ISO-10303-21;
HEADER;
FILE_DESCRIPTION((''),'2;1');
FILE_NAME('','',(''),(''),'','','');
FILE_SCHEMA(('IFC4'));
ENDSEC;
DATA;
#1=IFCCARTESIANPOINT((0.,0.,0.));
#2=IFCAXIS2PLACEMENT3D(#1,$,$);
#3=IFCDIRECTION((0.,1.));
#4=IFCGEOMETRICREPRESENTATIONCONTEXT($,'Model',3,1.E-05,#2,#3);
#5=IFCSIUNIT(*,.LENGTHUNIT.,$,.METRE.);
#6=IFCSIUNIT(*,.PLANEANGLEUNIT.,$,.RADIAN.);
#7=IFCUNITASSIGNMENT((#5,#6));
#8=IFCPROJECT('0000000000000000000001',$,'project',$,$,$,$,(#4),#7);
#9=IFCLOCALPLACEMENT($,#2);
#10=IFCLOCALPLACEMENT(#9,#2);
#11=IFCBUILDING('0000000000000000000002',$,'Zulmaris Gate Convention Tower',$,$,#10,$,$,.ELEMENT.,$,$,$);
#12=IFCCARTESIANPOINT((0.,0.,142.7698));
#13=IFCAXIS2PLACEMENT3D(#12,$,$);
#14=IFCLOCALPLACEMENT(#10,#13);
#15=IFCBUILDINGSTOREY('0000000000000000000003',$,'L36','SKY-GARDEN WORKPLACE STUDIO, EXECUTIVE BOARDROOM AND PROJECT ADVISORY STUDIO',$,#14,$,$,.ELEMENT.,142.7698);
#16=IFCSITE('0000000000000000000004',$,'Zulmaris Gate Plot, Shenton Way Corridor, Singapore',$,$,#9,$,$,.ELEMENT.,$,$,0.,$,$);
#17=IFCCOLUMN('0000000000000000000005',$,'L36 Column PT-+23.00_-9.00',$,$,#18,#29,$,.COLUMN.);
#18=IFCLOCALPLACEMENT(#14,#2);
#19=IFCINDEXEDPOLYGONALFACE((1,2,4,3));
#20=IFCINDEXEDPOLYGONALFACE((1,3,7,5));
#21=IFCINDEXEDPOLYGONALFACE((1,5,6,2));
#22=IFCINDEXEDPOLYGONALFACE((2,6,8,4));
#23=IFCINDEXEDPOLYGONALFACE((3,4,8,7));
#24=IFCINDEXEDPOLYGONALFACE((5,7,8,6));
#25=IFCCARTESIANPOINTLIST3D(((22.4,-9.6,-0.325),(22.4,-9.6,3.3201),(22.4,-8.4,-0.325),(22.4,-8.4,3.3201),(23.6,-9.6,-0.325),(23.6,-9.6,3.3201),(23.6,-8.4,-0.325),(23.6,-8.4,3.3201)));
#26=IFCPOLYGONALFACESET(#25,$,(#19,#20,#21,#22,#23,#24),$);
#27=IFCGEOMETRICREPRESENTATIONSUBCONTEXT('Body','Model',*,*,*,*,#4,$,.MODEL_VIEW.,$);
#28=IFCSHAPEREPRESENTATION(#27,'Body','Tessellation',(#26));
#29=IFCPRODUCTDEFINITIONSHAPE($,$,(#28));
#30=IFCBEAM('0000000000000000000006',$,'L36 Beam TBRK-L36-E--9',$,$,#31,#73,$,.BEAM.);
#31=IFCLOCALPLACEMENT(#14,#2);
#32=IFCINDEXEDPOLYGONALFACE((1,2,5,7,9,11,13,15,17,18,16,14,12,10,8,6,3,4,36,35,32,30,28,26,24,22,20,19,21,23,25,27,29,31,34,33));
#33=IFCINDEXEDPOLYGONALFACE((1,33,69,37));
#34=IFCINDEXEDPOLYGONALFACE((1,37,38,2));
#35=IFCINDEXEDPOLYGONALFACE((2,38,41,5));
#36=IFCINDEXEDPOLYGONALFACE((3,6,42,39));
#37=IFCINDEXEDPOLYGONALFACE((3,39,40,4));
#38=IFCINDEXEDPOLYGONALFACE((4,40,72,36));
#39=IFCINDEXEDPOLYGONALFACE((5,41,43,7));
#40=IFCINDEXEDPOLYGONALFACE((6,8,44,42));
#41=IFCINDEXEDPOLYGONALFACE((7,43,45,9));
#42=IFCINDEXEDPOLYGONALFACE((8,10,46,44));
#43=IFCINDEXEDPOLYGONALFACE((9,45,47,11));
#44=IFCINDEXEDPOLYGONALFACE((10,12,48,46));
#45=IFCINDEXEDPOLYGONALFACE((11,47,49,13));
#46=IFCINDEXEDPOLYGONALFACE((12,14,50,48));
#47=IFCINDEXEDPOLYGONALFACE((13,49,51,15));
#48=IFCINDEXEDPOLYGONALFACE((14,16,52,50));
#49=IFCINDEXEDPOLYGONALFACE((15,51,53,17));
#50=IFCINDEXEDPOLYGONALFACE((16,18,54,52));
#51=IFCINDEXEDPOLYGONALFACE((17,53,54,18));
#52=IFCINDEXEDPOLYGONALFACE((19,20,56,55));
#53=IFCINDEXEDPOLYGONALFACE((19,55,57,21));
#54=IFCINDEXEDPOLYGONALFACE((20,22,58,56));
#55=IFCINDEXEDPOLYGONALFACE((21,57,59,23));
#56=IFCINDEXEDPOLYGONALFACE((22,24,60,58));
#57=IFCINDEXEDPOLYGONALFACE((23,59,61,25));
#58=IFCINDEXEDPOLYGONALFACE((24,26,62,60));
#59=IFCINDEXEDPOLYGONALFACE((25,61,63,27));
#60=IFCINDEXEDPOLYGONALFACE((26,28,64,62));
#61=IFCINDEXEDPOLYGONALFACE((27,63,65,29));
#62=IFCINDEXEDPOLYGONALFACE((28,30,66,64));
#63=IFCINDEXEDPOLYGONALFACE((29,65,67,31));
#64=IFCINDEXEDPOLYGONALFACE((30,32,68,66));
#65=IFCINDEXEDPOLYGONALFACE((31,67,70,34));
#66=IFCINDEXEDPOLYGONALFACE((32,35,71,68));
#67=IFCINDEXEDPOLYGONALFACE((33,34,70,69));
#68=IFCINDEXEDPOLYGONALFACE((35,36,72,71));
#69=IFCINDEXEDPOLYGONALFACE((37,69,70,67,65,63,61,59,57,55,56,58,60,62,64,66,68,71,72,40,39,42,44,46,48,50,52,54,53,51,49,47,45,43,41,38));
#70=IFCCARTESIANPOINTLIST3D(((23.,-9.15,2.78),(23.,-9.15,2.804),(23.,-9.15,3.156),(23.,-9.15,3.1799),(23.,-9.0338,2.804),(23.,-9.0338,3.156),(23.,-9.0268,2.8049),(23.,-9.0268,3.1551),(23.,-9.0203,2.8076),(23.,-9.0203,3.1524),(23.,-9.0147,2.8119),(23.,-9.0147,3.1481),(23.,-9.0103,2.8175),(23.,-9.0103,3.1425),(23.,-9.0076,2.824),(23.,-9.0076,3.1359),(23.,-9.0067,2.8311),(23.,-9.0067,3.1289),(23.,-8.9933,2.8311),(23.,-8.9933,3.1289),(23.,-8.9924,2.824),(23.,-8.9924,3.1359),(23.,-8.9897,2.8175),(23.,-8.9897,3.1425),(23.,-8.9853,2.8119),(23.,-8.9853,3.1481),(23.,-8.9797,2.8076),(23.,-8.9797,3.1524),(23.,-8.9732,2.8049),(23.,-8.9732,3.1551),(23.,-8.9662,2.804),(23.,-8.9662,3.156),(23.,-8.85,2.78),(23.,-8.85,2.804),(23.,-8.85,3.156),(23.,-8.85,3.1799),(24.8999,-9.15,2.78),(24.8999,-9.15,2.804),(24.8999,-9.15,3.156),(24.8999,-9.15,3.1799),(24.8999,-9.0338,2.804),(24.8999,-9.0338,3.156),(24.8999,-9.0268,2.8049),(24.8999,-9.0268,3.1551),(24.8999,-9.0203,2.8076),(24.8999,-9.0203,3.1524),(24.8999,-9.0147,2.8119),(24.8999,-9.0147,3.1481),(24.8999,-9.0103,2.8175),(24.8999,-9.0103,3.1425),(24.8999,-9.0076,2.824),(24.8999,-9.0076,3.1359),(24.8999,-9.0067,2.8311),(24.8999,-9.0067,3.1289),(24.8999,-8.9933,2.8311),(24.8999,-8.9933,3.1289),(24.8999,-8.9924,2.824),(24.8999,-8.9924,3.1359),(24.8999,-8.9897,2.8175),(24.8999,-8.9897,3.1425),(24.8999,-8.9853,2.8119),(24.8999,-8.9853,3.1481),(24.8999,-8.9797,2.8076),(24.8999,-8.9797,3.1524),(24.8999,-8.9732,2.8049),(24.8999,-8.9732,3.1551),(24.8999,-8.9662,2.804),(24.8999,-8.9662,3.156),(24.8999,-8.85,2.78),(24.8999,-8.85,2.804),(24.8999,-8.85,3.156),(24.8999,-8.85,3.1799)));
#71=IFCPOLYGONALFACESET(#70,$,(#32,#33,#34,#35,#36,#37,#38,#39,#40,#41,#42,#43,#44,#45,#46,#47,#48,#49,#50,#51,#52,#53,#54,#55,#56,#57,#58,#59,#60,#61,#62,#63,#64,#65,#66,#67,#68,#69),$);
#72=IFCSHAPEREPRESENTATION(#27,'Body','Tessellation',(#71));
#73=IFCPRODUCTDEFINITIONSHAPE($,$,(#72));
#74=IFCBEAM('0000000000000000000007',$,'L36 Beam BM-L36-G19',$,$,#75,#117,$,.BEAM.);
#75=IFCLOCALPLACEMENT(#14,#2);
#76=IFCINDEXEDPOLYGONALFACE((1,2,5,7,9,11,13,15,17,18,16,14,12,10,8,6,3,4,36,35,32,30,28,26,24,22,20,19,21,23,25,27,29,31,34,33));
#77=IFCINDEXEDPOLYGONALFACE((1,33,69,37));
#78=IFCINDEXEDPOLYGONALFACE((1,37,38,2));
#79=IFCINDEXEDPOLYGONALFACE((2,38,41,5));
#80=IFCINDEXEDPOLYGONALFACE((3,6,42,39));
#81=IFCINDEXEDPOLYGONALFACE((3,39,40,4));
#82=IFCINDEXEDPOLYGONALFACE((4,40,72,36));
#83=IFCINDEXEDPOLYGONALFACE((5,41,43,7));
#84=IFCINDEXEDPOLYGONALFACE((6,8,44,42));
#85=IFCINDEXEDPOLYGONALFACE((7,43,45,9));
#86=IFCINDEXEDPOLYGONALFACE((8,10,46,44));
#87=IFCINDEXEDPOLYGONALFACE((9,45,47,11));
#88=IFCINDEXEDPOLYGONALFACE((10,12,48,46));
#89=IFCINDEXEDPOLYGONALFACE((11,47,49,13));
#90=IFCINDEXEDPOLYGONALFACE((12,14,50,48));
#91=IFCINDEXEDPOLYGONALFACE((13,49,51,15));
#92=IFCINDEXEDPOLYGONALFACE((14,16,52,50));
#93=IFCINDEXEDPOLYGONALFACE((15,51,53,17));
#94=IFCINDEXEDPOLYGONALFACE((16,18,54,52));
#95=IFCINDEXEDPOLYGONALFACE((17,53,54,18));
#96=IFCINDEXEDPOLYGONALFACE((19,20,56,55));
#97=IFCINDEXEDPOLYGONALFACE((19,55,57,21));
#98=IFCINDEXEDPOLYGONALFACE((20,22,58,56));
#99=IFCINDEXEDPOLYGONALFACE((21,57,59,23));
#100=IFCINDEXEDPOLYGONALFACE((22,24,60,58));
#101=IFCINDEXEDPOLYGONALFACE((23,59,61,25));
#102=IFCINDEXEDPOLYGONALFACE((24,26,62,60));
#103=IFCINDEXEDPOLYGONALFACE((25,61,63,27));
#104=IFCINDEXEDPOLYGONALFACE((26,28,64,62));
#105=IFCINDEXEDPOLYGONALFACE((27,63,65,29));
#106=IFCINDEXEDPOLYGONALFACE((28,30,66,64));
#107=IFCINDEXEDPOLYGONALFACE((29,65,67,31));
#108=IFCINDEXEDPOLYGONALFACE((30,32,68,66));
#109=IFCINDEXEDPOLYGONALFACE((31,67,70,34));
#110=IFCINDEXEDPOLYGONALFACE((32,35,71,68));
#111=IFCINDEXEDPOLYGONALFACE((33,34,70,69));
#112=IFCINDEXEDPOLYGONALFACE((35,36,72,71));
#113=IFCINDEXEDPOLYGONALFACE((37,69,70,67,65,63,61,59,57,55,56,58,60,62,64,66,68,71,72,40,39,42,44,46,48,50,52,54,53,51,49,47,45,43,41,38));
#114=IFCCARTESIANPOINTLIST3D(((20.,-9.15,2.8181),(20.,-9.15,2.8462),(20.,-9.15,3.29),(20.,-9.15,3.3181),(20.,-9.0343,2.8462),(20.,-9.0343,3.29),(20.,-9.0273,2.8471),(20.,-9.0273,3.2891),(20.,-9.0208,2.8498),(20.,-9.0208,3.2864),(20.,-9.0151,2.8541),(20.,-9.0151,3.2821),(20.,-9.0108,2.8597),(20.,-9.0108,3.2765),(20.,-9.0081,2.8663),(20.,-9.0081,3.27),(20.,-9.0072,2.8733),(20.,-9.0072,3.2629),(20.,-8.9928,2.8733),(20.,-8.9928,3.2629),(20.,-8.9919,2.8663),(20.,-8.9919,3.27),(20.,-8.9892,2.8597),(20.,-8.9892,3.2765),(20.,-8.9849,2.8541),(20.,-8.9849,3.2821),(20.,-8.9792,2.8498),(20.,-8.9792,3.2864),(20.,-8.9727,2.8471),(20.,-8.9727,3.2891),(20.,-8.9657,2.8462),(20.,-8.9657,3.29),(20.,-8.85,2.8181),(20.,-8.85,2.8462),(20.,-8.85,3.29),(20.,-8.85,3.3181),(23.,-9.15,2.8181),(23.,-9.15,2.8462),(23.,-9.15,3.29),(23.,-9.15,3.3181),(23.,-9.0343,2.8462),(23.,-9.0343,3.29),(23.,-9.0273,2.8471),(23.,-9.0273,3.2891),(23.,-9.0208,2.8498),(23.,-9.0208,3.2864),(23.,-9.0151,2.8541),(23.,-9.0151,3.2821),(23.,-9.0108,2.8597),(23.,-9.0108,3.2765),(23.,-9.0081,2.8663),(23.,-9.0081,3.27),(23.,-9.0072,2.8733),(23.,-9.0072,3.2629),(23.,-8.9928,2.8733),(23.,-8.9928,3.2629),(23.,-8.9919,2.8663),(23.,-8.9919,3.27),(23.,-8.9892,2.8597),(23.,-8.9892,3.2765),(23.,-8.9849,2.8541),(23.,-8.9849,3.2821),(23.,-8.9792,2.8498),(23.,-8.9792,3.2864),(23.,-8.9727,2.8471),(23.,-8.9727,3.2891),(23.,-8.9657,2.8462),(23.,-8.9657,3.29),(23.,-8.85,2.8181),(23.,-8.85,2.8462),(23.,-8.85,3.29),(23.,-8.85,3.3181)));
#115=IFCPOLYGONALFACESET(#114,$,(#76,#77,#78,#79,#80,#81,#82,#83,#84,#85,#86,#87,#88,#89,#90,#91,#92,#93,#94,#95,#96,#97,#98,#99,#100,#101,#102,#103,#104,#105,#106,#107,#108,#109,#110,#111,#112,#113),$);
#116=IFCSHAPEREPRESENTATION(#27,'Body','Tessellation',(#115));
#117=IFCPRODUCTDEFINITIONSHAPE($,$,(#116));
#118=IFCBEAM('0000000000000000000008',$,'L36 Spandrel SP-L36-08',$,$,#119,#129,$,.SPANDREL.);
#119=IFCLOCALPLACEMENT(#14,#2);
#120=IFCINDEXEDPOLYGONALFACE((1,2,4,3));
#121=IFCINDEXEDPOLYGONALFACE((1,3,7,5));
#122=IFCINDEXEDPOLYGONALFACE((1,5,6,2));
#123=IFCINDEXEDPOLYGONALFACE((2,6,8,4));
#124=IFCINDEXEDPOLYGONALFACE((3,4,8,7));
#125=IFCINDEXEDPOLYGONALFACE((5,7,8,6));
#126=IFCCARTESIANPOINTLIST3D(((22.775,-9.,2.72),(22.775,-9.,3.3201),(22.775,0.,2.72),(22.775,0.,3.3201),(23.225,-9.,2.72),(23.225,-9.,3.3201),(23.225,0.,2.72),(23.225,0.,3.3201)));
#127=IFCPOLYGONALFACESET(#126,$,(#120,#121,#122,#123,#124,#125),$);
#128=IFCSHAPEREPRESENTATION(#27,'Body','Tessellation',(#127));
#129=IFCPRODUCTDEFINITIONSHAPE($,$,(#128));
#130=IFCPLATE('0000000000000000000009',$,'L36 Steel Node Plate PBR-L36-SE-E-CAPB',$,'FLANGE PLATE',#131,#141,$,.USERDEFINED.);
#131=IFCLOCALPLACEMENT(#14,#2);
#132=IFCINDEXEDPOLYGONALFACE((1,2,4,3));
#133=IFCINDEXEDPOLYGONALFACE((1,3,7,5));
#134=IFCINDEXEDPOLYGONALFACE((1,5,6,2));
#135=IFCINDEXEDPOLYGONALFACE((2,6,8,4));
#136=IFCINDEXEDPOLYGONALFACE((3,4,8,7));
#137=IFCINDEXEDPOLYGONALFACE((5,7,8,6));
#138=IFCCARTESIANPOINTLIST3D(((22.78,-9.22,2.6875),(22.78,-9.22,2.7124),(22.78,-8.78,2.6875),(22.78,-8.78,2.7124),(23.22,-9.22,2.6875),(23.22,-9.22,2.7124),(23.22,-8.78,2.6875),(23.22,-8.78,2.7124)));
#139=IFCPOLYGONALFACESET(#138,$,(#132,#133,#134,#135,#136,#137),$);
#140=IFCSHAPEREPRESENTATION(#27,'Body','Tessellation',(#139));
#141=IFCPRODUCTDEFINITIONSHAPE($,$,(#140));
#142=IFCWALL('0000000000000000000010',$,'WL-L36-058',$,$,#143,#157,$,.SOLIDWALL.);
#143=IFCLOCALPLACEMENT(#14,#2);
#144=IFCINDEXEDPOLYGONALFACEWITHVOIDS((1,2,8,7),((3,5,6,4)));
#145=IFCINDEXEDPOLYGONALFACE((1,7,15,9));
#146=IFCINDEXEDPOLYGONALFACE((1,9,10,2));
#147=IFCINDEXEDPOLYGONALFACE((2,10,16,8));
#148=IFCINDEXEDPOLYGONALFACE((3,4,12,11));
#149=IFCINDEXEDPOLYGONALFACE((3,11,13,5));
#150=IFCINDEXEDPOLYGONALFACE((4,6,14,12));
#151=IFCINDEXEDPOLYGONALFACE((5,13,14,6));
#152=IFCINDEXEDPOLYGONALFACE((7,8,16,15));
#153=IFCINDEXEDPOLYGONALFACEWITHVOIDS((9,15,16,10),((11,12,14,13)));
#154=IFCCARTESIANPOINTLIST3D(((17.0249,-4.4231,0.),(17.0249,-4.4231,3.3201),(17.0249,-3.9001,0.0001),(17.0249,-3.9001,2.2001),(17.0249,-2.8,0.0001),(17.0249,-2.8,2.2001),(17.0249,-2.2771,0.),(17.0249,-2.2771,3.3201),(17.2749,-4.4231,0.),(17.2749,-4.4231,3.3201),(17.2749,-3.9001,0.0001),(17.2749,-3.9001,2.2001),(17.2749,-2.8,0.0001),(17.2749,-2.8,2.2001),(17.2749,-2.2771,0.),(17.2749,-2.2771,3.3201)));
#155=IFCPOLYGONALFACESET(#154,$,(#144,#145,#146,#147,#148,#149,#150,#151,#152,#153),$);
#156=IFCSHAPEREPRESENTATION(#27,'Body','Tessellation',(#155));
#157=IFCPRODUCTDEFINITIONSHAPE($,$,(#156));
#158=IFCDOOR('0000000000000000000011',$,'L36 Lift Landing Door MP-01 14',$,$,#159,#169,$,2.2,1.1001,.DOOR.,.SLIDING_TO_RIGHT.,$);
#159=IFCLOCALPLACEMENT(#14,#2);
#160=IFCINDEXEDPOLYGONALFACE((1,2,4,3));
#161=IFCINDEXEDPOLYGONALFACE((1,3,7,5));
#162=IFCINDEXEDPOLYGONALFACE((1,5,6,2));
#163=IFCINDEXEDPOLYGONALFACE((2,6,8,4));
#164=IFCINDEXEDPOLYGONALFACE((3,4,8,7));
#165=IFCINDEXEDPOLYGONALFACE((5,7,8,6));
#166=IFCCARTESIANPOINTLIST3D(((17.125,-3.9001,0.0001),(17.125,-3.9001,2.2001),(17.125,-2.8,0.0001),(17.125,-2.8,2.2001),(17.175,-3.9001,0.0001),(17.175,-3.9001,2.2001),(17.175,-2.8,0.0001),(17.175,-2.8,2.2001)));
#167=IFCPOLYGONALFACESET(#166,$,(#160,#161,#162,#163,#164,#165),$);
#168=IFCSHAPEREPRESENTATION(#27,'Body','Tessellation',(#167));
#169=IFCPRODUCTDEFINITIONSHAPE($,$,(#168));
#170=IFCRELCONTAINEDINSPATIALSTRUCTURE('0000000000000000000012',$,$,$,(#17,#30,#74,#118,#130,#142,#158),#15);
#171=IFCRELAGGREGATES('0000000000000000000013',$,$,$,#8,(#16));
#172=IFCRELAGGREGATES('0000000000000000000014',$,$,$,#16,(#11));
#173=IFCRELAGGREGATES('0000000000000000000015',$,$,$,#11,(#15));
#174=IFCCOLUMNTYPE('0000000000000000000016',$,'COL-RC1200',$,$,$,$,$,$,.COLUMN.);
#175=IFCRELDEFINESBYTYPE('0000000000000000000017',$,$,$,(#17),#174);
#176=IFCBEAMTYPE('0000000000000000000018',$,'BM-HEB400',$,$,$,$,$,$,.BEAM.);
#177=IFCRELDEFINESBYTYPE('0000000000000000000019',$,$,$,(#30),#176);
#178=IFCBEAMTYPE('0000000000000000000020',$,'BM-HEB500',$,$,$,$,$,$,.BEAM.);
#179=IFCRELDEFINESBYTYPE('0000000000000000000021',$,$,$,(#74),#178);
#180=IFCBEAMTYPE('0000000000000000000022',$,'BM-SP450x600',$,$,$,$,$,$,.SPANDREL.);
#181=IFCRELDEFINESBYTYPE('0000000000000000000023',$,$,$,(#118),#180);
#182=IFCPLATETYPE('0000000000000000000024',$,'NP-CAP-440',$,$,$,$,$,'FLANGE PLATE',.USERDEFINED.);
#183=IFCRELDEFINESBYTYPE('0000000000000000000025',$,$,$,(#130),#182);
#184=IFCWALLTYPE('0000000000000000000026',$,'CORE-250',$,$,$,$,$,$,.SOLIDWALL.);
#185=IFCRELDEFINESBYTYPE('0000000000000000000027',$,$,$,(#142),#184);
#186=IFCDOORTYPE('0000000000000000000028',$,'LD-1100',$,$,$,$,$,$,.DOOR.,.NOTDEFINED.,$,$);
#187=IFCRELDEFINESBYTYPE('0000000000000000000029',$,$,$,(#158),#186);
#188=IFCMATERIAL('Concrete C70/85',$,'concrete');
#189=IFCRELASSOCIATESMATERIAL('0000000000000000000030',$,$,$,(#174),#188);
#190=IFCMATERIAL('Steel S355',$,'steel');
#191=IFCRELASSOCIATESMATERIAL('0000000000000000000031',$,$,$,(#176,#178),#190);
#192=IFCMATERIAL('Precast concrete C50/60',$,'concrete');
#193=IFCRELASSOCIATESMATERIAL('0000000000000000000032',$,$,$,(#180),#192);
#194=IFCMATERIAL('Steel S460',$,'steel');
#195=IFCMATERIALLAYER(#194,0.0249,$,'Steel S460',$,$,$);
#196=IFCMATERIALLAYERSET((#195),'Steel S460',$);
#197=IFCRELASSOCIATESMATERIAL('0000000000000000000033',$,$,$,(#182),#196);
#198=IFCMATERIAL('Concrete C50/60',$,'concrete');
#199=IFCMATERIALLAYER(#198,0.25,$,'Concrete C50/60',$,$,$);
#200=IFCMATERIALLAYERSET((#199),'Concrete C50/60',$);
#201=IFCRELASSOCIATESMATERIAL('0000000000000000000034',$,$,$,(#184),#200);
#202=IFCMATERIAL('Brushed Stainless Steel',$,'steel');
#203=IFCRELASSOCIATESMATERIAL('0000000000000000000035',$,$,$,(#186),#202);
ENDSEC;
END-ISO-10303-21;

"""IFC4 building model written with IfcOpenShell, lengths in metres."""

from ifc_helpers import new_model, si_unit, direction, frame, frame_2d, origin, origin_2d, place, context, subcontext, project, spatial, rectangle, i_section, extrude, material, layer, layer_set, material_profile, profile_set, type_object, element, fill, save


model = new_model("IFC4")

# Units and contexts
model_context = context("Model", 3, precision=1e-05, world=origin(), true_north=direction((0.0, 1.0)))
body_context = subcontext(model_context, "Body", "Model", "MODEL_VIEW")
ifc_project = project(units=[si_unit("LENGTHUNIT", "METRE"), si_unit("PLANEANGLEUNIT", "RADIAN")], contexts=[model_context])

# Site, building, storey
site_placement = place(None, origin())
site = spatial("IfcSite", under=ifc_project, at=site_placement, Name="Zulmaris Gate Plot, Shenton Way Corridor, Singapore", CompositionType="ELEMENT", RefElevation=0.0)
building_placement = place(site_placement, origin())
building = spatial("IfcBuilding", under=site, at=building_placement, Name="Zulmaris Gate Convention Tower", CompositionType="ELEMENT")
storey_placement = place(building_placement, frame((0.0, 0.0, 142.7698)))
storey = spatial("IfcBuildingStorey", under=building, at=storey_placement, Name="L36", Description="SKY-GARDEN WORKPLACE STUDIO, EXECUTIVE BOARDROOM AND PROJECT ADVISORY STUDIO", CompositionType="ELEMENT", Elevation=142.7698)

# Column
ifc_material_1 = material(Name="Concrete C70/85", Category="concrete")
ifc_material_profile_1 = material_profile(ifc_material_1, rectangle(XDim=1.2, YDim=1.2, at=origin_2d()), Name="RC COL 1200x1200")
ifc_profile_set_1 = profile_set([ifc_material_profile_1], Name="Concrete C70/85")
column_type = type_object("IfcColumnType", Name="COL-RC1200", PredefinedType="COLUMN", material=ifc_profile_set_1)
column_placement = place(storey_placement, frame((23.0, -9.0, -0.325), z_axis=(0.0, 0.0, 1.0), x_axis=(1.0, 0.0, 0.0)))
element("IfcColumn", 1, at=column_placement, inside=storey, type_object=column_type, Name="L36 Column PT-+23.00_-9.00", PredefinedType="COLUMN", context=body_context, shape_type="SweptSolid", body=[
    extrude(rectangle(XDim=1.2, YDim=1.2, at=origin_2d()), origin(), (0.0, 0.0, 1.0), 3.645),
])

# Beams
ifc_material_2 = material(Name="Steel S355", Category="steel")
ifc_material_profile_2 = material_profile(ifc_material_2, i_section(OverallWidth=0.3, OverallDepth=0.3999, WebThickness=0.0134, FlangeThickness=0.0239, FilletRadius=0.0271, at=origin_2d()), Name="HEB 400")
ifc_profile_set_2 = profile_set([ifc_material_profile_2], Name="Steel S355")
beam_type_1 = type_object("IfcBeamType", Name="BM-HEB400", PredefinedType="BEAM", material=ifc_profile_set_2)
beam_1_placement = place(storey_placement, frame((23.0, -9.0, 2.98), z_axis=(1.0, 0.0, 0.0), x_axis=(0.0, 1.0, 0.0)))
element("IfcBeam", 2, at=beam_1_placement, inside=storey, type_object=beam_type_1, Name="L36 Beam TBRK-L36-E--9", PredefinedType="BEAM", context=body_context, shape_type="SweptSolid", body=[
    extrude(i_section(OverallWidth=0.3, OverallDepth=0.3999, WebThickness=0.0134, FlangeThickness=0.0239, FilletRadius=0.0271, at=origin_2d()), origin(), (0.0, 0.0, 1.0), 1.8999),
])
ifc_material_profile_3 = material_profile(ifc_material_2, i_section(OverallWidth=0.3, OverallDepth=0.5, WebThickness=0.0144, FlangeThickness=0.0281, FilletRadius=0.0271, at=origin_2d()), Name="HEB 500")
ifc_profile_set_3 = profile_set([ifc_material_profile_3], Name="Steel S355")
beam_type_2 = type_object("IfcBeamType", Name="BM-HEB500", PredefinedType="BEAM", material=ifc_profile_set_3)
beam_2_placement = place(storey_placement, frame((20.0, -9.0, 3.0681), z_axis=(1.0, 0.0, 0.0), x_axis=(0.0, 1.0, 0.0)))
element("IfcBeam", 3, at=beam_2_placement, inside=storey, type_object=beam_type_2, Name="L36 Beam BM-L36-G19", PredefinedType="BEAM", context=body_context, shape_type="SweptSolid", body=[
    extrude(i_section(OverallWidth=0.3, OverallDepth=0.5, WebThickness=0.0144, FlangeThickness=0.0281, FilletRadius=0.0271, at=origin_2d()), origin(), (0.0, 0.0, 1.0), 3.0),
])
ifc_material_3 = material(Name="Precast concrete C50/60", Category="concrete")
ifc_material_profile_4 = material_profile(ifc_material_3, rectangle(XDim=0.45, YDim=0.6001, at=origin_2d()), Name="RC SPANDREL 450x600")
ifc_profile_set_4 = profile_set([ifc_material_profile_4], Name="Precast concrete C50/60")
beam_type_3 = type_object("IfcBeamType", Name="BM-SP450x600", PredefinedType="SPANDREL", material=ifc_profile_set_4)
beam_3_placement = place(storey_placement, frame((23.0, -9.0, 3.02), z_axis=(0.0, 1.0, 0.0), x_axis=(-1.0, 0.0, 0.0)))
element("IfcBeam", 4, at=beam_3_placement, inside=storey, type_object=beam_type_3, Name="L36 Spandrel SP-L36-08", PredefinedType="SPANDREL", context=body_context, shape_type="SweptSolid", body=[
    extrude(rectangle(XDim=0.45, YDim=0.6001, at=origin_2d()), origin(), (0.0, 0.0, 1.0), 9.0),
])

# Plate
ifc_material_4 = material(Name="Steel S460", Category="steel")
ifc_layer_1 = layer(ifc_material_4, 0.0249, Name="Steel S460")
ifc_layer_set_1 = layer_set([ifc_layer_1], Name="Steel S460")
plate_type = type_object("IfcPlateType", Name="NP-CAP-440", ElementType="FLANGE PLATE", PredefinedType="USERDEFINED", material=ifc_layer_set_1)
plate_placement = place(storey_placement, frame((23.0, -9.0, 2.6875), z_axis=(0.0, 0.0, 1.0), x_axis=(1.0, 0.0, 0.0)))
element("IfcPlate", 5, at=plate_placement, inside=storey, type_object=plate_type, Name="L36 Steel Node Plate PBR-L36-SE-E-CAPB", ObjectType="FLANGE PLATE", PredefinedType="USERDEFINED", context=body_context, shape_type="SweptSolid", body=[
    extrude(rectangle(XDim=0.4399, YDim=0.4399, at=origin_2d()), origin(), (0.0, 0.0, 1.0), 0.0249),
])

# Wall, opening, door
ifc_material_5 = material(Name="Concrete C50/60", Category="concrete")
ifc_layer_2 = layer(ifc_material_5, 0.25, Name="Concrete C50/60")
ifc_layer_set_2 = layer_set([ifc_layer_2], Name="Concrete C50/60")
wall_type_1 = type_object("IfcWallType", Name="CORE-250", PredefinedType="SOLIDWALL", material=ifc_layer_set_2)
wall_1_placement = place(storey_placement, frame((17.1499, -4.4231, 0.0), z_axis=(0.0, 0.0, 1.0), x_axis=(0.0, 1.0, 0.0)))
wall_1 = element("IfcWall", 6, at=wall_1_placement, inside=storey, type_object=wall_type_1, Name="WL-L36-058", PredefinedType="SOLIDWALL", context=body_context, shape_type="SweptSolid", body=[
    extrude(rectangle(XDim=2.146, YDim=0.25, at=frame_2d((1.073, 0.0))), origin(), (0.0, 0.0, 1.0), 3.3201),
])
opening_1_placement = place(wall_1_placement, frame((0.5229, 0.0, 0.0)))
opening_1 = element("IfcOpeningElement", 7, at=opening_1_placement, cuts=wall_1, PredefinedType="OPENING", context=body_context, shape_type="SweptSolid", body=[
    extrude(rectangle(XDim=1.1001, YDim=2.2, at=frame_2d((0.55, 1.1001))), frame((0.0, 0.135, 0.0), z_axis=(0.0, -1.0, 0.0), x_axis=(1.0, 0.0, 0.0)), (0.0, 0.0, 1.0), 0.27),
])
ifc_material_6 = material(Name="Brushed Stainless Steel", Category="steel")
door_type = type_object("IfcDoorType", Name="LD-1100", OperationType="NOTDEFINED", PredefinedType="DOOR", material=ifc_material_6)
door_1_placement = place(opening_1_placement, origin())
door_1 = element("IfcDoor", 8, at=door_1_placement, inside=storey, type_object=door_type, Name="L36 Lift Landing Door MP-01 14", OperationType="SLIDING_TO_RIGHT", OverallHeight=2.2, OverallWidth=1.1001, PredefinedType="DOOR", context=body_context, shape_type="SweptSolid", body=[
    extrude(rectangle(XDim=1.1001, YDim=2.2, at=frame_2d((0.55, 1.1001))), frame((0.0, 0.0249, 0.0), z_axis=(0.0, -1.0, 0.0), x_axis=(1.0, 0.0, 0.0)), (0.0, 0.0, 1.0), 0.05),
])
fill(opening_1, door_1)

save(model, "model.ifc")
